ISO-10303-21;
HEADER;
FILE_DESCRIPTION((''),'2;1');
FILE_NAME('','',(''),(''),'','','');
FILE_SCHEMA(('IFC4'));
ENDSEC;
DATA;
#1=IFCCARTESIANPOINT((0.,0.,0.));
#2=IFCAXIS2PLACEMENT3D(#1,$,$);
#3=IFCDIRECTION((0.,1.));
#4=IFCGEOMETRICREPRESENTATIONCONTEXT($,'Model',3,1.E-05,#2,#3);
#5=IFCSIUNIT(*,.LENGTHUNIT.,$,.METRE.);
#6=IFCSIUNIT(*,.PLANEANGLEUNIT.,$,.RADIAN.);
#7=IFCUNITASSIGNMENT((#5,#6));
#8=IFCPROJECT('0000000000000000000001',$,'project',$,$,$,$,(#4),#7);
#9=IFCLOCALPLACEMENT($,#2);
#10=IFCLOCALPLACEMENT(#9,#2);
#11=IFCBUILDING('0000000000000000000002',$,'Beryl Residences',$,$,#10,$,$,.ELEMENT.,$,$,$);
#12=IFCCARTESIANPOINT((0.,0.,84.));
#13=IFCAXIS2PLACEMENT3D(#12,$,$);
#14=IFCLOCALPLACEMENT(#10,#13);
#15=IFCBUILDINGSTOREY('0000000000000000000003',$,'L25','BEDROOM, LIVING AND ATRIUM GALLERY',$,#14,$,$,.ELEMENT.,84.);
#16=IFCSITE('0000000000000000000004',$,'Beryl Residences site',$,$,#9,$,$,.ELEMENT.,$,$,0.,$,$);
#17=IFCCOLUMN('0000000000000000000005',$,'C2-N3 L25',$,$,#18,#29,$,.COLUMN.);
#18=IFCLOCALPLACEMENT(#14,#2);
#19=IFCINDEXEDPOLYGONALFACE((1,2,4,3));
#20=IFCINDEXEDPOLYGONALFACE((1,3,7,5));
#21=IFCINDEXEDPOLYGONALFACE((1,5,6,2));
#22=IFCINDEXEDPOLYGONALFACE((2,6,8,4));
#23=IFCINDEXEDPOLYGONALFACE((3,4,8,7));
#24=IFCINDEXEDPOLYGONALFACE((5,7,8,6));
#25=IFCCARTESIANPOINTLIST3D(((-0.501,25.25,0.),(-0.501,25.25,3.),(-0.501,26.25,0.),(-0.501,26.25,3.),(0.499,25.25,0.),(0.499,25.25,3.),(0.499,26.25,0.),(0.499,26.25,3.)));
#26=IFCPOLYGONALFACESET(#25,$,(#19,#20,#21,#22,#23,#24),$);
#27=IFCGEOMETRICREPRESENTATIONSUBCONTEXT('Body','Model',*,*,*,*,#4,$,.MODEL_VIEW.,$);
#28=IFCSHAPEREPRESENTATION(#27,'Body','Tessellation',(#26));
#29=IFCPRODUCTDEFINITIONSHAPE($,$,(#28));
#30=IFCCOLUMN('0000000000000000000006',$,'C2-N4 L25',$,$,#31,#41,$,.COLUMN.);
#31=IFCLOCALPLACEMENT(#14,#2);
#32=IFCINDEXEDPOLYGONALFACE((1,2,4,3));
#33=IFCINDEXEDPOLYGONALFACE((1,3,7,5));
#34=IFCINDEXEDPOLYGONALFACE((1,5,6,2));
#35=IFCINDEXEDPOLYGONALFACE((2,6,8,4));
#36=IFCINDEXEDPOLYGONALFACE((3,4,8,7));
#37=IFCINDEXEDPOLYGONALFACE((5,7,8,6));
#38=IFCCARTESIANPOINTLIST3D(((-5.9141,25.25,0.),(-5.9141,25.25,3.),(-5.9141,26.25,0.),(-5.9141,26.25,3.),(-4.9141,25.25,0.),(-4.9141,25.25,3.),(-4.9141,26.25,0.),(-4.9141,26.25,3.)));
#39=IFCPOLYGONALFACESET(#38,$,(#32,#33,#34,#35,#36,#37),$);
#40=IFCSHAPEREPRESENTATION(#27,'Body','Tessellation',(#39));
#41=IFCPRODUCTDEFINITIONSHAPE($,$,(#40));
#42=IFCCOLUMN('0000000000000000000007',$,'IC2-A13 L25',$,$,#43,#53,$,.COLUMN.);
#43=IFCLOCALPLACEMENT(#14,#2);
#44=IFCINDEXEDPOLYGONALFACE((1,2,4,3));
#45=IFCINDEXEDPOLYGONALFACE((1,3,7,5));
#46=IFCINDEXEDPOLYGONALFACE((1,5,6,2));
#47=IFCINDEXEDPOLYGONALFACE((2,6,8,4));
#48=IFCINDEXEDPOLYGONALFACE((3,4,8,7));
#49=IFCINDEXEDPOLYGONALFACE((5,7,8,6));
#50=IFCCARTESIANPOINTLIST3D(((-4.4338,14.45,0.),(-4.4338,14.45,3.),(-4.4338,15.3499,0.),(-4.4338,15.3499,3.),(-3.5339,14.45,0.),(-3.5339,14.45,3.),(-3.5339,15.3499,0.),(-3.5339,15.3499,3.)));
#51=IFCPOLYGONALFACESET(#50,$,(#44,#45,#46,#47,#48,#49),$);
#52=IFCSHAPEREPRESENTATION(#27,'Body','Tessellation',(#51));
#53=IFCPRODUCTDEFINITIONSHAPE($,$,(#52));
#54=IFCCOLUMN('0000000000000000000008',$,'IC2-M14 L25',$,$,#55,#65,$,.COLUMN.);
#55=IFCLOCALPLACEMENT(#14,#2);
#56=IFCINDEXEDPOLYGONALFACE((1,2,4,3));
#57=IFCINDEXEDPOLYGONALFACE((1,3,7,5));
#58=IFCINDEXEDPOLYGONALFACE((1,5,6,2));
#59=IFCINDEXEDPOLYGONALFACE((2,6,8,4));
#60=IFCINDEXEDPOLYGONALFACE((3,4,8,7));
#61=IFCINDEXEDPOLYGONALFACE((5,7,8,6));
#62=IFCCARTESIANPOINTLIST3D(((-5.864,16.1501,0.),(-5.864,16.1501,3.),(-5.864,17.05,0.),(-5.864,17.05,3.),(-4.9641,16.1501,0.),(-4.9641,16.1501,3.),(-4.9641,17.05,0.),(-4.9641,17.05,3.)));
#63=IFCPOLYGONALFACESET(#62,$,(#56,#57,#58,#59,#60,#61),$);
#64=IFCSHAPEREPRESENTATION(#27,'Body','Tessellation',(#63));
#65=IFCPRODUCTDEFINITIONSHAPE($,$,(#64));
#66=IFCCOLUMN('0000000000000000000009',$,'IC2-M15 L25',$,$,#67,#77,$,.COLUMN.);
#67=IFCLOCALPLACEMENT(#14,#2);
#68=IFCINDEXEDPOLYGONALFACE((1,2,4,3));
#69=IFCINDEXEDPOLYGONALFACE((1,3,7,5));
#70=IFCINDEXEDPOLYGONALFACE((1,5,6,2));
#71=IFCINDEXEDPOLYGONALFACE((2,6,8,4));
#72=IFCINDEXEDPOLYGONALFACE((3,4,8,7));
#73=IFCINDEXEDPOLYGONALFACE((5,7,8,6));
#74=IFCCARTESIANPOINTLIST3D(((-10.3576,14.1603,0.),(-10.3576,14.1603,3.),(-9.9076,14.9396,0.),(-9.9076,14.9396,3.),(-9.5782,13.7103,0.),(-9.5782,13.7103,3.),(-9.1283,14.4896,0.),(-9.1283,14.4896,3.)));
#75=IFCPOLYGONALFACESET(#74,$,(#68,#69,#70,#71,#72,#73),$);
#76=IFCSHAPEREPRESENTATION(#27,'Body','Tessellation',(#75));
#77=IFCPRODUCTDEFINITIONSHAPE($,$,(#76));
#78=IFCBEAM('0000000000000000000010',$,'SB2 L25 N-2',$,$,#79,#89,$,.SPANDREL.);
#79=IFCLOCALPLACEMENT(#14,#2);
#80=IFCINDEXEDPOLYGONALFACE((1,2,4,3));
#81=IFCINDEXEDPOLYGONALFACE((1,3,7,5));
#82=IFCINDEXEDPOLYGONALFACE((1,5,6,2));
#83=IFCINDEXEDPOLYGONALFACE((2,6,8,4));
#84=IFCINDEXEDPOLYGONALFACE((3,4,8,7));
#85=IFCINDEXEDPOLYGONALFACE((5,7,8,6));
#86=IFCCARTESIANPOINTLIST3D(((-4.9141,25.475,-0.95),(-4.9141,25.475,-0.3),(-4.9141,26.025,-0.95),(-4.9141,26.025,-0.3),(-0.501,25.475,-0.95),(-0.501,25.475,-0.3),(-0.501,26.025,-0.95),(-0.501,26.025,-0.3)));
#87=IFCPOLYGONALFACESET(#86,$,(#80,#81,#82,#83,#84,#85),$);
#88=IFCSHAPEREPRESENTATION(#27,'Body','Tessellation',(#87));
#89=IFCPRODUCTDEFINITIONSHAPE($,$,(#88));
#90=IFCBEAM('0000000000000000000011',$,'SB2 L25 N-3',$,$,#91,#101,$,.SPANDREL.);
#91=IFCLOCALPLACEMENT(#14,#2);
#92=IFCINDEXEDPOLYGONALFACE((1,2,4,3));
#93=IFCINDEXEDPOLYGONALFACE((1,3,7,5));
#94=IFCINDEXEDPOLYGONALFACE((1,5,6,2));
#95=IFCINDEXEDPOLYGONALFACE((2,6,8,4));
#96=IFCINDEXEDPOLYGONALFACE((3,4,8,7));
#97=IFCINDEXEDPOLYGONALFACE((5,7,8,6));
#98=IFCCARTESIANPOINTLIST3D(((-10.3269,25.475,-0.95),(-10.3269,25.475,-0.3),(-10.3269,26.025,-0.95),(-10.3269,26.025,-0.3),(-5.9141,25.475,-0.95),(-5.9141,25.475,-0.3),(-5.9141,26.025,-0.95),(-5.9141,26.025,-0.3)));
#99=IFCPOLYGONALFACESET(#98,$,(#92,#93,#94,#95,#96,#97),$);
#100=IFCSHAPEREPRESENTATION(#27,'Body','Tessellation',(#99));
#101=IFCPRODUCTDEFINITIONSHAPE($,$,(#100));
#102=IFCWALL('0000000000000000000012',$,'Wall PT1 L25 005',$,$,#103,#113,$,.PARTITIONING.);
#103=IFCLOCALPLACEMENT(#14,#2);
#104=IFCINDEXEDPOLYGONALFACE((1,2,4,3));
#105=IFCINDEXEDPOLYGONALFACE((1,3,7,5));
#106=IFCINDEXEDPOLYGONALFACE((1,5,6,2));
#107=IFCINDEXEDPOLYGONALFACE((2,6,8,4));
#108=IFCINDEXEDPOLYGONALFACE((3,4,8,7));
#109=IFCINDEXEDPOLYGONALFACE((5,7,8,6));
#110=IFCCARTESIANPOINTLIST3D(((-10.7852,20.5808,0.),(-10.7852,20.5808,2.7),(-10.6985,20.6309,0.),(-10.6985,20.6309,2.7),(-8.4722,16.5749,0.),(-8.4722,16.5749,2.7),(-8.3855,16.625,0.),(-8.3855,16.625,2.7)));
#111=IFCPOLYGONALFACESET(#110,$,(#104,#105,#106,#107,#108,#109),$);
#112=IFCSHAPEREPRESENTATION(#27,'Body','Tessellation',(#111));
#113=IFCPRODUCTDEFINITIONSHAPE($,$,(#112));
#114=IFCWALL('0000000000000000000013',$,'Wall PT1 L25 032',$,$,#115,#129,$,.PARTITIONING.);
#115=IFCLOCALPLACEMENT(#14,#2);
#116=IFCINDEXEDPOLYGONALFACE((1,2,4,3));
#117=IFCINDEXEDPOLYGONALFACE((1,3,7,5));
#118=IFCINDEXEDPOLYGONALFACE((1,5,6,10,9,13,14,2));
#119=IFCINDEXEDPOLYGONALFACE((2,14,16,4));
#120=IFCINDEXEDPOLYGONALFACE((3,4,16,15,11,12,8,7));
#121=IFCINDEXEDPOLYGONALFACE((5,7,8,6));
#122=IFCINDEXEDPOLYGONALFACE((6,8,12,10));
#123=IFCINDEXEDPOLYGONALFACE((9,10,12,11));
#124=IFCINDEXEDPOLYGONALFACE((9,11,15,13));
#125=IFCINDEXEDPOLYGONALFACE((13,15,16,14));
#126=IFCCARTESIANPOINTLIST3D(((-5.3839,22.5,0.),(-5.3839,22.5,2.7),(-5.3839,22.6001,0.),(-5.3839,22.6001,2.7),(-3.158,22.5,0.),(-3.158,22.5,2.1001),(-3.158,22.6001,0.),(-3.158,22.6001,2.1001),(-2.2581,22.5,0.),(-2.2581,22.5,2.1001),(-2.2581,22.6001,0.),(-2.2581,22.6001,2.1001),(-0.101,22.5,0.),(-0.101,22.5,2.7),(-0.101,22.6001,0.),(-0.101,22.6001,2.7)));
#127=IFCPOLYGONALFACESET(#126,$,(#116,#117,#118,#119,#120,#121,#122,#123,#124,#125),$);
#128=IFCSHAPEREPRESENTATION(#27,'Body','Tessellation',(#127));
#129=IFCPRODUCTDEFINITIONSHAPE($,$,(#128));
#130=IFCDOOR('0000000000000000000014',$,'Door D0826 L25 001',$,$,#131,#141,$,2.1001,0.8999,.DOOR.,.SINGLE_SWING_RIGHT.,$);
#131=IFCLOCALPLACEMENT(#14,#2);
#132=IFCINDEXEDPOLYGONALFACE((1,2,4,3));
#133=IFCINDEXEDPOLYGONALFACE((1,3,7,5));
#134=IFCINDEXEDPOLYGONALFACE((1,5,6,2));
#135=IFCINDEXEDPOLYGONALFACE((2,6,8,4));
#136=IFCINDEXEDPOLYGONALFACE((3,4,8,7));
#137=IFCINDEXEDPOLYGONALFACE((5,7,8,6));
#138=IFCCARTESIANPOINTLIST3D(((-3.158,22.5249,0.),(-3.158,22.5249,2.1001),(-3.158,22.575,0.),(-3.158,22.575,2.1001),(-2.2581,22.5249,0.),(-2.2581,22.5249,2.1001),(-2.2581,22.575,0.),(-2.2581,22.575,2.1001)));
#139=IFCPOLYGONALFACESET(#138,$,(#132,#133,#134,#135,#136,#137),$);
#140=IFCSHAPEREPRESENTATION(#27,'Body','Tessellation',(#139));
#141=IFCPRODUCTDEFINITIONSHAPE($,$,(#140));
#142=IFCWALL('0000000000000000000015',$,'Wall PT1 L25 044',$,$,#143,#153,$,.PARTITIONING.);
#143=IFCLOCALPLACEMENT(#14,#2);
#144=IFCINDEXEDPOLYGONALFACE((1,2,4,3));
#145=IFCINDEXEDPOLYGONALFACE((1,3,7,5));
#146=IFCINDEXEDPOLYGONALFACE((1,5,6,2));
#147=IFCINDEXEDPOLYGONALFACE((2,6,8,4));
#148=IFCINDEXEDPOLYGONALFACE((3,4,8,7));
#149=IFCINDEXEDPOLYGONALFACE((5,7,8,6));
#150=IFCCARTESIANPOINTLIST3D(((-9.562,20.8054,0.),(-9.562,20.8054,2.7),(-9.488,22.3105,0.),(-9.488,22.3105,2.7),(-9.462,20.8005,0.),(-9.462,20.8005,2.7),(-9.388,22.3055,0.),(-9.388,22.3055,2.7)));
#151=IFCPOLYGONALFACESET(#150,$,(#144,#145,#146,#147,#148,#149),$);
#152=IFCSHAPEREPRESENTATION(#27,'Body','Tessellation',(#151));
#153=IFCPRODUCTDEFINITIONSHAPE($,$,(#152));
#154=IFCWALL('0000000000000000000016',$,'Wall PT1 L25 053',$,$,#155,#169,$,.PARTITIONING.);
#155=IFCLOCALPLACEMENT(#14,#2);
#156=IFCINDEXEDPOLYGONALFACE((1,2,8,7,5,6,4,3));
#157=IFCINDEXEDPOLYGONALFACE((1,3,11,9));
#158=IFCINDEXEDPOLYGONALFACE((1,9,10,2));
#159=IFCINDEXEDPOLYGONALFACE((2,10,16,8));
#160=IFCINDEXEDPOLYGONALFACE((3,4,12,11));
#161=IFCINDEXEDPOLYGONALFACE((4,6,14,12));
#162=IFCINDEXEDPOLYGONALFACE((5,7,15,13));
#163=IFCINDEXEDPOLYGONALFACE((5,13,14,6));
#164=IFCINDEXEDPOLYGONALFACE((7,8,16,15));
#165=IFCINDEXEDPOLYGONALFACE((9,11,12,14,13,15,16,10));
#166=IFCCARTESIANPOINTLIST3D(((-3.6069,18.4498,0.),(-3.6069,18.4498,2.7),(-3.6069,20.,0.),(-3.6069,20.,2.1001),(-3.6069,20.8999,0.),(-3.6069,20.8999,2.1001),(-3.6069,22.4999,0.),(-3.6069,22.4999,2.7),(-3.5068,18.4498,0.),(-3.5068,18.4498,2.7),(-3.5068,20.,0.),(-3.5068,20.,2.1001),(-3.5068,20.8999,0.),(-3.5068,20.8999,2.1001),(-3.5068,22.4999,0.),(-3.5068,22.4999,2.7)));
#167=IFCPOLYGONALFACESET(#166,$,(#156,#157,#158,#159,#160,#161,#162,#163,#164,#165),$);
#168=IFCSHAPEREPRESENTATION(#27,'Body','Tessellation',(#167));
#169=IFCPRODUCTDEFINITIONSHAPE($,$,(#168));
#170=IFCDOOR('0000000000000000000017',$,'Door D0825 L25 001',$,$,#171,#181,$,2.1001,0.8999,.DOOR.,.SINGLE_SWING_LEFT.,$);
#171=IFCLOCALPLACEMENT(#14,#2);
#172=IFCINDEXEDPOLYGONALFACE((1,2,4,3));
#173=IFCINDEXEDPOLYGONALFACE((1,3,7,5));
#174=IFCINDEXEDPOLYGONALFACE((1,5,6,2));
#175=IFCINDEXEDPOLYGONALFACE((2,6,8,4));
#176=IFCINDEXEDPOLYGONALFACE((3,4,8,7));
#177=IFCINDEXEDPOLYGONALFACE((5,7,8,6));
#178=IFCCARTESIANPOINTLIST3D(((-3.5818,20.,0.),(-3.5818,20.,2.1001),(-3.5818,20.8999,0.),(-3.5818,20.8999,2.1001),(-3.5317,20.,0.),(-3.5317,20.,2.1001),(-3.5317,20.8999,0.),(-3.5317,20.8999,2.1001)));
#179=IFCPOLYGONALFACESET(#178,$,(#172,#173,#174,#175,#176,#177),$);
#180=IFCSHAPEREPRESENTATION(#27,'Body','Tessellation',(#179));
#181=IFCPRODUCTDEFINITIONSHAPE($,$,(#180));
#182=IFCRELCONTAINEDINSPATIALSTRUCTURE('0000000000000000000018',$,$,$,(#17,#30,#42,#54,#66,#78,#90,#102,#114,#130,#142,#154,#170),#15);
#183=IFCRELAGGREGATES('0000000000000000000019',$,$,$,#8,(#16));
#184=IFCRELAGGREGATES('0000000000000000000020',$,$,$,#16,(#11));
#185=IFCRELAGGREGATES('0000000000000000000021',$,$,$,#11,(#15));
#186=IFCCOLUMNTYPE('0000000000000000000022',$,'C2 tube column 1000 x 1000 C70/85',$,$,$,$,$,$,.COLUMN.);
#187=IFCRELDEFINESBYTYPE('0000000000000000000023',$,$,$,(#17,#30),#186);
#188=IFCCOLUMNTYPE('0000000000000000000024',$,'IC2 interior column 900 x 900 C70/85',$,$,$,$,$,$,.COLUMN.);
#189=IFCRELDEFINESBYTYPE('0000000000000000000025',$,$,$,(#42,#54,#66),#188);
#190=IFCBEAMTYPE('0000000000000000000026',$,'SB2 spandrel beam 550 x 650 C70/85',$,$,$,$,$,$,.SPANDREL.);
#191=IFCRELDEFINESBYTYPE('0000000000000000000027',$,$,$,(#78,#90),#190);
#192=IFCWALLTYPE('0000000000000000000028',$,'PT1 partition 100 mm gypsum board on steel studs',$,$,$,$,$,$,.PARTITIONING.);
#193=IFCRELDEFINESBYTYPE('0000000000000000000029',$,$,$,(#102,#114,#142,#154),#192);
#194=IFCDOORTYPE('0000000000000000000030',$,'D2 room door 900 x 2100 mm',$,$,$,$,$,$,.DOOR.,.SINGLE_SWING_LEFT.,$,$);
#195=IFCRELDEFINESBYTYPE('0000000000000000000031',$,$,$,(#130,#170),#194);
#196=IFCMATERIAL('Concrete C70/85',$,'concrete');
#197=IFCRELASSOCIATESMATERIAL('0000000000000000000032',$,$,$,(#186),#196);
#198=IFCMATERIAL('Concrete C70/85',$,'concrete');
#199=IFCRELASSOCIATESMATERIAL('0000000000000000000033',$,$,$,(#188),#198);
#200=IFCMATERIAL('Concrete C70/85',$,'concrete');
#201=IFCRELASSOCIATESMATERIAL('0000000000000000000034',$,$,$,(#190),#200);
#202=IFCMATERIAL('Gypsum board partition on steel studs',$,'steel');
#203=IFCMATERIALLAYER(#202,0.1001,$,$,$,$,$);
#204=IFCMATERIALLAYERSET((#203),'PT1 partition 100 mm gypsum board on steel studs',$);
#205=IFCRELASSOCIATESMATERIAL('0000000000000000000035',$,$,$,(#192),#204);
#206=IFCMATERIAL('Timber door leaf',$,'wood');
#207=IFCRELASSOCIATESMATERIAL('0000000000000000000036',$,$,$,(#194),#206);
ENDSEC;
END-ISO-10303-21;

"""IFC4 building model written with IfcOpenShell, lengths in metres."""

from ifc_helpers import new_model, si_unit, direction, frame, frame_2d, origin, origin_2d, place, context, subcontext, project, spatial, rectangle, extrude, material, layer, layer_set, material_profile, profile_set, type_object, element, fill, save


model = new_model("IFC4")

# Units and contexts
model_context = context("Model", 3, precision=1e-05, world=origin(), true_north=direction((0.0, 1.0)))
body_context = subcontext(model_context, "Body", "Model", "MODEL_VIEW")
ifc_project = project(units=[si_unit("LENGTHUNIT", "METRE"), si_unit("PLANEANGLEUNIT", "RADIAN")], contexts=[model_context])

# Site, building, storey
site_placement = place(None, origin())
site = spatial("IfcSite", under=ifc_project, at=site_placement, Name="Beryl Residences site", CompositionType="ELEMENT", RefElevation=0.0)
building_placement = place(site_placement, origin())
building = spatial("IfcBuilding", under=site, at=building_placement, Name="Beryl Residences", CompositionType="ELEMENT")
storey_placement = place(building_placement, frame((0.0, 0.0, 84.0)))
storey = spatial("IfcBuildingStorey", under=building, at=storey_placement, Name="L25", Description="BEDROOM, LIVING AND ATRIUM GALLERY", CompositionType="ELEMENT", Elevation=84.0)

# Columns
ifc_material_1 = material(Name="Concrete C70/85", Category="concrete")
ifc_material_profile_1 = material_profile(ifc_material_1, rectangle(XDim=1.0, YDim=1.0, at=origin_2d()))
ifc_profile_set_1 = profile_set([ifc_material_profile_1], Name="Concrete C70/85")
column_type_1 = type_object("IfcColumnType", Name="C2 tube column 1000 x 1000 C70/85", PredefinedType="COLUMN", material=ifc_profile_set_1)
for number, where, z_axis, x_axis, name in (
    (1, (-0.001, 25.75, 0.0), (0.0, 0.0, 1.0), (-1.0, 0.0, 0.0), "C2-N3 L25"),
    (2, (-5.4141, 25.75, 0.0), (0.0, 0.0, 1.0), (-1.0, 0.0, 0.0), "C2-N4 L25"),
):
    element("IfcColumn", number, at=place(storey_placement, frame(where, z_axis=z_axis, x_axis=x_axis)), inside=storey, type_object=column_type_1, Name=name, PredefinedType="COLUMN", context=body_context, shape_type="SweptSolid", body=[
        extrude(rectangle(XDim=1.0, YDim=1.0, at=origin_2d()), origin(), (0.0, 0.0, 1.0), 3.0),
    ])
ifc_material_2 = material(Name="Concrete C70/85", Category="concrete")
ifc_material_profile_2 = material_profile(ifc_material_2, rectangle(XDim=0.8999, YDim=0.8999, at=origin_2d()))
ifc_profile_set_2 = profile_set([ifc_material_profile_2], Name="Concrete C70/85")
column_type_2 = type_object("IfcColumnType", Name="IC2 interior column 900 x 900 C70/85", PredefinedType="COLUMN", material=ifc_profile_set_2)
for number, where, z_axis, x_axis, name in (
    (3, (-3.9839, 14.8999, 0.0), (0.0, 0.0, 1.0), (1.0, 0.0, 0.0), "IC2-A13 L25"),
    (4, (-5.4141, 16.6001, 0.0), (0.0, 0.0, 1.0), (-1.0, 0.0, 0.0), "IC2-M14 L25"),
    (5, (-9.7429, 14.325, 0.0), (0.0, 0.0, 1.0), (-0.5, -0.866025, 0.0), "IC2-M15 L25"),
):
    element("IfcColumn", number, at=place(storey_placement, frame(where, z_axis=z_axis, x_axis=x_axis)), inside=storey, type_object=column_type_2, Name=name, PredefinedType="COLUMN", context=body_context, shape_type="SweptSolid", body=[
        extrude(rectangle(XDim=0.8999, YDim=0.8999, at=origin_2d()), origin(), (0.0, 0.0, 1.0), 3.0),
    ])

# Beams
ifc_material_3 = material(Name="Concrete C70/85", Category="concrete")
ifc_material_profile_3 = material_profile(ifc_material_3, rectangle(XDim=0.55, YDim=0.6499, at=origin_2d()))
ifc_profile_set_3 = profile_set([ifc_material_profile_3], Name="Concrete C70/85")
beam_type = type_object("IfcBeamType", Name="SB2 spandrel beam 550 x 650 C70/85", PredefinedType="SPANDREL", material=ifc_profile_set_3)
beam_1_placement = place(storey_placement, frame((-0.501, 25.75, -0.625), z_axis=(-1.0, 0.0, 0.0), x_axis=(0.0, -1.0, 0.0)))
element("IfcBeam", 6, at=beam_1_placement, inside=storey, type_object=beam_type, Name="SB2 L25 N-2", PredefinedType="SPANDREL", context=body_context, shape_type="SweptSolid", body=[
    extrude(rectangle(XDim=0.55, YDim=0.6499, at=origin_2d()), origin(), (0.0, 0.0, 1.0), 4.4131),
])
beam_2_placement = place(storey_placement, frame((-5.9141, 25.75, -0.625), z_axis=(-1.0, 0.0, 0.0), x_axis=(0.0, -1.0, 0.0)))
element("IfcBeam", 7, at=beam_2_placement, inside=storey, type_object=beam_type, Name="SB2 L25 N-3", PredefinedType="SPANDREL", context=body_context, shape_type="SweptSolid", body=[
    extrude(rectangle(XDim=0.55, YDim=0.6499, at=origin_2d()), origin(), (0.0, 0.0, 1.0), 4.4128),
])

# Wall
ifc_material_4 = material(Name="Gypsum board partition on steel studs", Category="steel")
ifc_layer_1 = layer(ifc_material_4, 0.1001)
ifc_layer_set_1 = layer_set([ifc_layer_1], Name="PT1 partition 100 mm gypsum board on steel studs")
wall_type_1 = type_object("IfcWallType", Name="PT1 partition 100 mm gypsum board on steel studs", PredefinedType="PARTITIONING", material=ifc_layer_set_1)
wall_1_placement = place(storey_placement, frame((-10.7419, 20.606, 0.0), z_axis=(0.0, 0.0, 1.0), x_axis=(0.500033, -0.866006, 0.0)))
element("IfcWall", 8, at=wall_1_placement, inside=storey, type_object=wall_type_1, Name="Wall PT1 L25 005", PredefinedType="PARTITIONING", context=body_context, shape_type="SweptSolid", body=[
    extrude(rectangle(XDim=4.6257, YDim=0.1001, at=frame_2d((2.313, 0.0))), origin(), (0.0, 0.0, 1.0), 2.7),
])

# Wall, opening, door
wall_2_placement = place(storey_placement, frame((-5.384, 22.55, 0.0), z_axis=(0.0, 0.0, 1.0), x_axis=(1.0, 0.0, 0.0)))
wall_2 = element("IfcWall", 9, at=wall_2_placement, inside=storey, type_object=wall_type_1, Name="Wall PT1 L25 032", PredefinedType="PARTITIONING", context=body_context, shape_type="SweptSolid", body=[
    extrude(rectangle(XDim=5.283, YDim=0.1001, at=frame_2d((2.6416, 0.0))), origin(), (0.0, 0.0, 1.0), 2.7),
])
opening_1_placement = place(wall_2_placement, frame((2.2261, 0.0, 0.0)))
opening_1 = element("IfcOpeningElement", 10, at=opening_1_placement, cuts=wall_2, PredefinedType="OPENING", context=body_context, shape_type="SweptSolid", body=[
    extrude(rectangle(XDim=0.8999, YDim=2.1001, at=frame_2d((0.45, 1.05))), frame((0.0, 0.0601, 0.0), z_axis=(0.0, -1.0, 0.0), x_axis=(1.0, 0.0, 0.0)), (0.0, 0.0, 1.0), 0.1201),
])
ifc_material_5 = material(Name="Timber door leaf", Category="wood")
door_type_1 = type_object("IfcDoorType", Name="D2 room door 900 x 2100 mm", OperationType="SINGLE_SWING_LEFT", PredefinedType="DOOR", material=ifc_material_5)
door_1_placement = place(opening_1_placement, origin())
door_1 = element("IfcDoor", 11, at=door_1_placement, inside=storey, type_object=door_type_1, Name="Door D0826 L25 001", OperationType="SINGLE_SWING_RIGHT", OverallHeight=2.1001, OverallWidth=0.8999, PredefinedType="DOOR", context=body_context, shape_type="SweptSolid", body=[
    extrude(rectangle(XDim=0.8999, YDim=2.1001, at=frame_2d((0.45, 1.05))), frame((0.0, 0.0249, 0.0), z_axis=(0.0, -1.0, 0.0), x_axis=(1.0, 0.0, 0.0)), (0.0, 0.0, 1.0), 0.05),
])
fill(opening_1, door_1)

# Wall
wall_3_placement = place(storey_placement, frame((-9.512, 20.803, 0.0), z_axis=(0.0, 0.0, 1.0), x_axis=(0.049089, 0.998794, 0.0)))
element("IfcWall", 12, at=wall_3_placement, inside=storey, type_object=wall_type_1, Name="Wall PT1 L25 044", PredefinedType="PARTITIONING", context=body_context, shape_type="SweptSolid", body=[
    extrude(rectangle(XDim=1.5068, YDim=0.1001, at=frame_2d((0.7534, 0.0))), origin(), (0.0, 0.0, 1.0), 2.7),
])

# Wall, opening, door
wall_4_placement = place(storey_placement, frame((-3.5569, 18.45, 0.0), z_axis=(0.0, 0.0, 1.0), x_axis=(0.0, 1.0, 0.0)))
wall_4 = element("IfcWall", 13, at=wall_4_placement, inside=storey, type_object=wall_type_1, Name="Wall PT1 L25 053", PredefinedType="PARTITIONING", context=body_context, shape_type="SweptSolid", body=[
    extrude(rectangle(XDim=4.05, YDim=0.1001, at=frame_2d((2.0249, 0.0))), origin(), (0.0, 0.0, 1.0), 2.7),
])
opening_2_placement = place(wall_4_placement, frame((1.55, 0.0, 0.0)))
opening_2 = element("IfcOpeningElement", 14, at=opening_2_placement, cuts=wall_4, PredefinedType="OPENING", context=body_context, shape_type="SweptSolid", body=[
    extrude(rectangle(XDim=0.8999, YDim=2.1001, at=frame_2d((0.45, 1.05))), frame((0.0, 0.0601, 0.0), z_axis=(0.0, -1.0, 0.0), x_axis=(1.0, 0.0, 0.0)), (0.0, 0.0, 1.0), 0.1201),
])
door_2_placement = place(opening_2_placement, origin())
door_2 = element("IfcDoor", 15, at=door_2_placement, inside=storey, type_object=door_type_1, Name="Door D0825 L25 001", OperationType="SINGLE_SWING_LEFT", OverallHeight=2.1001, OverallWidth=0.8999, PredefinedType="DOOR", context=body_context, shape_type="SweptSolid", body=[
    extrude(rectangle(XDim=0.8999, YDim=2.1001, at=frame_2d((0.45, 1.05))), frame((0.0, 0.0249, 0.0), z_axis=(0.0, -1.0, 0.0), x_axis=(1.0, 0.0, 0.0)), (0.0, 0.0, 1.0), 0.05),
])
fill(opening_2, door_2)

save(model, "model.ifc")
